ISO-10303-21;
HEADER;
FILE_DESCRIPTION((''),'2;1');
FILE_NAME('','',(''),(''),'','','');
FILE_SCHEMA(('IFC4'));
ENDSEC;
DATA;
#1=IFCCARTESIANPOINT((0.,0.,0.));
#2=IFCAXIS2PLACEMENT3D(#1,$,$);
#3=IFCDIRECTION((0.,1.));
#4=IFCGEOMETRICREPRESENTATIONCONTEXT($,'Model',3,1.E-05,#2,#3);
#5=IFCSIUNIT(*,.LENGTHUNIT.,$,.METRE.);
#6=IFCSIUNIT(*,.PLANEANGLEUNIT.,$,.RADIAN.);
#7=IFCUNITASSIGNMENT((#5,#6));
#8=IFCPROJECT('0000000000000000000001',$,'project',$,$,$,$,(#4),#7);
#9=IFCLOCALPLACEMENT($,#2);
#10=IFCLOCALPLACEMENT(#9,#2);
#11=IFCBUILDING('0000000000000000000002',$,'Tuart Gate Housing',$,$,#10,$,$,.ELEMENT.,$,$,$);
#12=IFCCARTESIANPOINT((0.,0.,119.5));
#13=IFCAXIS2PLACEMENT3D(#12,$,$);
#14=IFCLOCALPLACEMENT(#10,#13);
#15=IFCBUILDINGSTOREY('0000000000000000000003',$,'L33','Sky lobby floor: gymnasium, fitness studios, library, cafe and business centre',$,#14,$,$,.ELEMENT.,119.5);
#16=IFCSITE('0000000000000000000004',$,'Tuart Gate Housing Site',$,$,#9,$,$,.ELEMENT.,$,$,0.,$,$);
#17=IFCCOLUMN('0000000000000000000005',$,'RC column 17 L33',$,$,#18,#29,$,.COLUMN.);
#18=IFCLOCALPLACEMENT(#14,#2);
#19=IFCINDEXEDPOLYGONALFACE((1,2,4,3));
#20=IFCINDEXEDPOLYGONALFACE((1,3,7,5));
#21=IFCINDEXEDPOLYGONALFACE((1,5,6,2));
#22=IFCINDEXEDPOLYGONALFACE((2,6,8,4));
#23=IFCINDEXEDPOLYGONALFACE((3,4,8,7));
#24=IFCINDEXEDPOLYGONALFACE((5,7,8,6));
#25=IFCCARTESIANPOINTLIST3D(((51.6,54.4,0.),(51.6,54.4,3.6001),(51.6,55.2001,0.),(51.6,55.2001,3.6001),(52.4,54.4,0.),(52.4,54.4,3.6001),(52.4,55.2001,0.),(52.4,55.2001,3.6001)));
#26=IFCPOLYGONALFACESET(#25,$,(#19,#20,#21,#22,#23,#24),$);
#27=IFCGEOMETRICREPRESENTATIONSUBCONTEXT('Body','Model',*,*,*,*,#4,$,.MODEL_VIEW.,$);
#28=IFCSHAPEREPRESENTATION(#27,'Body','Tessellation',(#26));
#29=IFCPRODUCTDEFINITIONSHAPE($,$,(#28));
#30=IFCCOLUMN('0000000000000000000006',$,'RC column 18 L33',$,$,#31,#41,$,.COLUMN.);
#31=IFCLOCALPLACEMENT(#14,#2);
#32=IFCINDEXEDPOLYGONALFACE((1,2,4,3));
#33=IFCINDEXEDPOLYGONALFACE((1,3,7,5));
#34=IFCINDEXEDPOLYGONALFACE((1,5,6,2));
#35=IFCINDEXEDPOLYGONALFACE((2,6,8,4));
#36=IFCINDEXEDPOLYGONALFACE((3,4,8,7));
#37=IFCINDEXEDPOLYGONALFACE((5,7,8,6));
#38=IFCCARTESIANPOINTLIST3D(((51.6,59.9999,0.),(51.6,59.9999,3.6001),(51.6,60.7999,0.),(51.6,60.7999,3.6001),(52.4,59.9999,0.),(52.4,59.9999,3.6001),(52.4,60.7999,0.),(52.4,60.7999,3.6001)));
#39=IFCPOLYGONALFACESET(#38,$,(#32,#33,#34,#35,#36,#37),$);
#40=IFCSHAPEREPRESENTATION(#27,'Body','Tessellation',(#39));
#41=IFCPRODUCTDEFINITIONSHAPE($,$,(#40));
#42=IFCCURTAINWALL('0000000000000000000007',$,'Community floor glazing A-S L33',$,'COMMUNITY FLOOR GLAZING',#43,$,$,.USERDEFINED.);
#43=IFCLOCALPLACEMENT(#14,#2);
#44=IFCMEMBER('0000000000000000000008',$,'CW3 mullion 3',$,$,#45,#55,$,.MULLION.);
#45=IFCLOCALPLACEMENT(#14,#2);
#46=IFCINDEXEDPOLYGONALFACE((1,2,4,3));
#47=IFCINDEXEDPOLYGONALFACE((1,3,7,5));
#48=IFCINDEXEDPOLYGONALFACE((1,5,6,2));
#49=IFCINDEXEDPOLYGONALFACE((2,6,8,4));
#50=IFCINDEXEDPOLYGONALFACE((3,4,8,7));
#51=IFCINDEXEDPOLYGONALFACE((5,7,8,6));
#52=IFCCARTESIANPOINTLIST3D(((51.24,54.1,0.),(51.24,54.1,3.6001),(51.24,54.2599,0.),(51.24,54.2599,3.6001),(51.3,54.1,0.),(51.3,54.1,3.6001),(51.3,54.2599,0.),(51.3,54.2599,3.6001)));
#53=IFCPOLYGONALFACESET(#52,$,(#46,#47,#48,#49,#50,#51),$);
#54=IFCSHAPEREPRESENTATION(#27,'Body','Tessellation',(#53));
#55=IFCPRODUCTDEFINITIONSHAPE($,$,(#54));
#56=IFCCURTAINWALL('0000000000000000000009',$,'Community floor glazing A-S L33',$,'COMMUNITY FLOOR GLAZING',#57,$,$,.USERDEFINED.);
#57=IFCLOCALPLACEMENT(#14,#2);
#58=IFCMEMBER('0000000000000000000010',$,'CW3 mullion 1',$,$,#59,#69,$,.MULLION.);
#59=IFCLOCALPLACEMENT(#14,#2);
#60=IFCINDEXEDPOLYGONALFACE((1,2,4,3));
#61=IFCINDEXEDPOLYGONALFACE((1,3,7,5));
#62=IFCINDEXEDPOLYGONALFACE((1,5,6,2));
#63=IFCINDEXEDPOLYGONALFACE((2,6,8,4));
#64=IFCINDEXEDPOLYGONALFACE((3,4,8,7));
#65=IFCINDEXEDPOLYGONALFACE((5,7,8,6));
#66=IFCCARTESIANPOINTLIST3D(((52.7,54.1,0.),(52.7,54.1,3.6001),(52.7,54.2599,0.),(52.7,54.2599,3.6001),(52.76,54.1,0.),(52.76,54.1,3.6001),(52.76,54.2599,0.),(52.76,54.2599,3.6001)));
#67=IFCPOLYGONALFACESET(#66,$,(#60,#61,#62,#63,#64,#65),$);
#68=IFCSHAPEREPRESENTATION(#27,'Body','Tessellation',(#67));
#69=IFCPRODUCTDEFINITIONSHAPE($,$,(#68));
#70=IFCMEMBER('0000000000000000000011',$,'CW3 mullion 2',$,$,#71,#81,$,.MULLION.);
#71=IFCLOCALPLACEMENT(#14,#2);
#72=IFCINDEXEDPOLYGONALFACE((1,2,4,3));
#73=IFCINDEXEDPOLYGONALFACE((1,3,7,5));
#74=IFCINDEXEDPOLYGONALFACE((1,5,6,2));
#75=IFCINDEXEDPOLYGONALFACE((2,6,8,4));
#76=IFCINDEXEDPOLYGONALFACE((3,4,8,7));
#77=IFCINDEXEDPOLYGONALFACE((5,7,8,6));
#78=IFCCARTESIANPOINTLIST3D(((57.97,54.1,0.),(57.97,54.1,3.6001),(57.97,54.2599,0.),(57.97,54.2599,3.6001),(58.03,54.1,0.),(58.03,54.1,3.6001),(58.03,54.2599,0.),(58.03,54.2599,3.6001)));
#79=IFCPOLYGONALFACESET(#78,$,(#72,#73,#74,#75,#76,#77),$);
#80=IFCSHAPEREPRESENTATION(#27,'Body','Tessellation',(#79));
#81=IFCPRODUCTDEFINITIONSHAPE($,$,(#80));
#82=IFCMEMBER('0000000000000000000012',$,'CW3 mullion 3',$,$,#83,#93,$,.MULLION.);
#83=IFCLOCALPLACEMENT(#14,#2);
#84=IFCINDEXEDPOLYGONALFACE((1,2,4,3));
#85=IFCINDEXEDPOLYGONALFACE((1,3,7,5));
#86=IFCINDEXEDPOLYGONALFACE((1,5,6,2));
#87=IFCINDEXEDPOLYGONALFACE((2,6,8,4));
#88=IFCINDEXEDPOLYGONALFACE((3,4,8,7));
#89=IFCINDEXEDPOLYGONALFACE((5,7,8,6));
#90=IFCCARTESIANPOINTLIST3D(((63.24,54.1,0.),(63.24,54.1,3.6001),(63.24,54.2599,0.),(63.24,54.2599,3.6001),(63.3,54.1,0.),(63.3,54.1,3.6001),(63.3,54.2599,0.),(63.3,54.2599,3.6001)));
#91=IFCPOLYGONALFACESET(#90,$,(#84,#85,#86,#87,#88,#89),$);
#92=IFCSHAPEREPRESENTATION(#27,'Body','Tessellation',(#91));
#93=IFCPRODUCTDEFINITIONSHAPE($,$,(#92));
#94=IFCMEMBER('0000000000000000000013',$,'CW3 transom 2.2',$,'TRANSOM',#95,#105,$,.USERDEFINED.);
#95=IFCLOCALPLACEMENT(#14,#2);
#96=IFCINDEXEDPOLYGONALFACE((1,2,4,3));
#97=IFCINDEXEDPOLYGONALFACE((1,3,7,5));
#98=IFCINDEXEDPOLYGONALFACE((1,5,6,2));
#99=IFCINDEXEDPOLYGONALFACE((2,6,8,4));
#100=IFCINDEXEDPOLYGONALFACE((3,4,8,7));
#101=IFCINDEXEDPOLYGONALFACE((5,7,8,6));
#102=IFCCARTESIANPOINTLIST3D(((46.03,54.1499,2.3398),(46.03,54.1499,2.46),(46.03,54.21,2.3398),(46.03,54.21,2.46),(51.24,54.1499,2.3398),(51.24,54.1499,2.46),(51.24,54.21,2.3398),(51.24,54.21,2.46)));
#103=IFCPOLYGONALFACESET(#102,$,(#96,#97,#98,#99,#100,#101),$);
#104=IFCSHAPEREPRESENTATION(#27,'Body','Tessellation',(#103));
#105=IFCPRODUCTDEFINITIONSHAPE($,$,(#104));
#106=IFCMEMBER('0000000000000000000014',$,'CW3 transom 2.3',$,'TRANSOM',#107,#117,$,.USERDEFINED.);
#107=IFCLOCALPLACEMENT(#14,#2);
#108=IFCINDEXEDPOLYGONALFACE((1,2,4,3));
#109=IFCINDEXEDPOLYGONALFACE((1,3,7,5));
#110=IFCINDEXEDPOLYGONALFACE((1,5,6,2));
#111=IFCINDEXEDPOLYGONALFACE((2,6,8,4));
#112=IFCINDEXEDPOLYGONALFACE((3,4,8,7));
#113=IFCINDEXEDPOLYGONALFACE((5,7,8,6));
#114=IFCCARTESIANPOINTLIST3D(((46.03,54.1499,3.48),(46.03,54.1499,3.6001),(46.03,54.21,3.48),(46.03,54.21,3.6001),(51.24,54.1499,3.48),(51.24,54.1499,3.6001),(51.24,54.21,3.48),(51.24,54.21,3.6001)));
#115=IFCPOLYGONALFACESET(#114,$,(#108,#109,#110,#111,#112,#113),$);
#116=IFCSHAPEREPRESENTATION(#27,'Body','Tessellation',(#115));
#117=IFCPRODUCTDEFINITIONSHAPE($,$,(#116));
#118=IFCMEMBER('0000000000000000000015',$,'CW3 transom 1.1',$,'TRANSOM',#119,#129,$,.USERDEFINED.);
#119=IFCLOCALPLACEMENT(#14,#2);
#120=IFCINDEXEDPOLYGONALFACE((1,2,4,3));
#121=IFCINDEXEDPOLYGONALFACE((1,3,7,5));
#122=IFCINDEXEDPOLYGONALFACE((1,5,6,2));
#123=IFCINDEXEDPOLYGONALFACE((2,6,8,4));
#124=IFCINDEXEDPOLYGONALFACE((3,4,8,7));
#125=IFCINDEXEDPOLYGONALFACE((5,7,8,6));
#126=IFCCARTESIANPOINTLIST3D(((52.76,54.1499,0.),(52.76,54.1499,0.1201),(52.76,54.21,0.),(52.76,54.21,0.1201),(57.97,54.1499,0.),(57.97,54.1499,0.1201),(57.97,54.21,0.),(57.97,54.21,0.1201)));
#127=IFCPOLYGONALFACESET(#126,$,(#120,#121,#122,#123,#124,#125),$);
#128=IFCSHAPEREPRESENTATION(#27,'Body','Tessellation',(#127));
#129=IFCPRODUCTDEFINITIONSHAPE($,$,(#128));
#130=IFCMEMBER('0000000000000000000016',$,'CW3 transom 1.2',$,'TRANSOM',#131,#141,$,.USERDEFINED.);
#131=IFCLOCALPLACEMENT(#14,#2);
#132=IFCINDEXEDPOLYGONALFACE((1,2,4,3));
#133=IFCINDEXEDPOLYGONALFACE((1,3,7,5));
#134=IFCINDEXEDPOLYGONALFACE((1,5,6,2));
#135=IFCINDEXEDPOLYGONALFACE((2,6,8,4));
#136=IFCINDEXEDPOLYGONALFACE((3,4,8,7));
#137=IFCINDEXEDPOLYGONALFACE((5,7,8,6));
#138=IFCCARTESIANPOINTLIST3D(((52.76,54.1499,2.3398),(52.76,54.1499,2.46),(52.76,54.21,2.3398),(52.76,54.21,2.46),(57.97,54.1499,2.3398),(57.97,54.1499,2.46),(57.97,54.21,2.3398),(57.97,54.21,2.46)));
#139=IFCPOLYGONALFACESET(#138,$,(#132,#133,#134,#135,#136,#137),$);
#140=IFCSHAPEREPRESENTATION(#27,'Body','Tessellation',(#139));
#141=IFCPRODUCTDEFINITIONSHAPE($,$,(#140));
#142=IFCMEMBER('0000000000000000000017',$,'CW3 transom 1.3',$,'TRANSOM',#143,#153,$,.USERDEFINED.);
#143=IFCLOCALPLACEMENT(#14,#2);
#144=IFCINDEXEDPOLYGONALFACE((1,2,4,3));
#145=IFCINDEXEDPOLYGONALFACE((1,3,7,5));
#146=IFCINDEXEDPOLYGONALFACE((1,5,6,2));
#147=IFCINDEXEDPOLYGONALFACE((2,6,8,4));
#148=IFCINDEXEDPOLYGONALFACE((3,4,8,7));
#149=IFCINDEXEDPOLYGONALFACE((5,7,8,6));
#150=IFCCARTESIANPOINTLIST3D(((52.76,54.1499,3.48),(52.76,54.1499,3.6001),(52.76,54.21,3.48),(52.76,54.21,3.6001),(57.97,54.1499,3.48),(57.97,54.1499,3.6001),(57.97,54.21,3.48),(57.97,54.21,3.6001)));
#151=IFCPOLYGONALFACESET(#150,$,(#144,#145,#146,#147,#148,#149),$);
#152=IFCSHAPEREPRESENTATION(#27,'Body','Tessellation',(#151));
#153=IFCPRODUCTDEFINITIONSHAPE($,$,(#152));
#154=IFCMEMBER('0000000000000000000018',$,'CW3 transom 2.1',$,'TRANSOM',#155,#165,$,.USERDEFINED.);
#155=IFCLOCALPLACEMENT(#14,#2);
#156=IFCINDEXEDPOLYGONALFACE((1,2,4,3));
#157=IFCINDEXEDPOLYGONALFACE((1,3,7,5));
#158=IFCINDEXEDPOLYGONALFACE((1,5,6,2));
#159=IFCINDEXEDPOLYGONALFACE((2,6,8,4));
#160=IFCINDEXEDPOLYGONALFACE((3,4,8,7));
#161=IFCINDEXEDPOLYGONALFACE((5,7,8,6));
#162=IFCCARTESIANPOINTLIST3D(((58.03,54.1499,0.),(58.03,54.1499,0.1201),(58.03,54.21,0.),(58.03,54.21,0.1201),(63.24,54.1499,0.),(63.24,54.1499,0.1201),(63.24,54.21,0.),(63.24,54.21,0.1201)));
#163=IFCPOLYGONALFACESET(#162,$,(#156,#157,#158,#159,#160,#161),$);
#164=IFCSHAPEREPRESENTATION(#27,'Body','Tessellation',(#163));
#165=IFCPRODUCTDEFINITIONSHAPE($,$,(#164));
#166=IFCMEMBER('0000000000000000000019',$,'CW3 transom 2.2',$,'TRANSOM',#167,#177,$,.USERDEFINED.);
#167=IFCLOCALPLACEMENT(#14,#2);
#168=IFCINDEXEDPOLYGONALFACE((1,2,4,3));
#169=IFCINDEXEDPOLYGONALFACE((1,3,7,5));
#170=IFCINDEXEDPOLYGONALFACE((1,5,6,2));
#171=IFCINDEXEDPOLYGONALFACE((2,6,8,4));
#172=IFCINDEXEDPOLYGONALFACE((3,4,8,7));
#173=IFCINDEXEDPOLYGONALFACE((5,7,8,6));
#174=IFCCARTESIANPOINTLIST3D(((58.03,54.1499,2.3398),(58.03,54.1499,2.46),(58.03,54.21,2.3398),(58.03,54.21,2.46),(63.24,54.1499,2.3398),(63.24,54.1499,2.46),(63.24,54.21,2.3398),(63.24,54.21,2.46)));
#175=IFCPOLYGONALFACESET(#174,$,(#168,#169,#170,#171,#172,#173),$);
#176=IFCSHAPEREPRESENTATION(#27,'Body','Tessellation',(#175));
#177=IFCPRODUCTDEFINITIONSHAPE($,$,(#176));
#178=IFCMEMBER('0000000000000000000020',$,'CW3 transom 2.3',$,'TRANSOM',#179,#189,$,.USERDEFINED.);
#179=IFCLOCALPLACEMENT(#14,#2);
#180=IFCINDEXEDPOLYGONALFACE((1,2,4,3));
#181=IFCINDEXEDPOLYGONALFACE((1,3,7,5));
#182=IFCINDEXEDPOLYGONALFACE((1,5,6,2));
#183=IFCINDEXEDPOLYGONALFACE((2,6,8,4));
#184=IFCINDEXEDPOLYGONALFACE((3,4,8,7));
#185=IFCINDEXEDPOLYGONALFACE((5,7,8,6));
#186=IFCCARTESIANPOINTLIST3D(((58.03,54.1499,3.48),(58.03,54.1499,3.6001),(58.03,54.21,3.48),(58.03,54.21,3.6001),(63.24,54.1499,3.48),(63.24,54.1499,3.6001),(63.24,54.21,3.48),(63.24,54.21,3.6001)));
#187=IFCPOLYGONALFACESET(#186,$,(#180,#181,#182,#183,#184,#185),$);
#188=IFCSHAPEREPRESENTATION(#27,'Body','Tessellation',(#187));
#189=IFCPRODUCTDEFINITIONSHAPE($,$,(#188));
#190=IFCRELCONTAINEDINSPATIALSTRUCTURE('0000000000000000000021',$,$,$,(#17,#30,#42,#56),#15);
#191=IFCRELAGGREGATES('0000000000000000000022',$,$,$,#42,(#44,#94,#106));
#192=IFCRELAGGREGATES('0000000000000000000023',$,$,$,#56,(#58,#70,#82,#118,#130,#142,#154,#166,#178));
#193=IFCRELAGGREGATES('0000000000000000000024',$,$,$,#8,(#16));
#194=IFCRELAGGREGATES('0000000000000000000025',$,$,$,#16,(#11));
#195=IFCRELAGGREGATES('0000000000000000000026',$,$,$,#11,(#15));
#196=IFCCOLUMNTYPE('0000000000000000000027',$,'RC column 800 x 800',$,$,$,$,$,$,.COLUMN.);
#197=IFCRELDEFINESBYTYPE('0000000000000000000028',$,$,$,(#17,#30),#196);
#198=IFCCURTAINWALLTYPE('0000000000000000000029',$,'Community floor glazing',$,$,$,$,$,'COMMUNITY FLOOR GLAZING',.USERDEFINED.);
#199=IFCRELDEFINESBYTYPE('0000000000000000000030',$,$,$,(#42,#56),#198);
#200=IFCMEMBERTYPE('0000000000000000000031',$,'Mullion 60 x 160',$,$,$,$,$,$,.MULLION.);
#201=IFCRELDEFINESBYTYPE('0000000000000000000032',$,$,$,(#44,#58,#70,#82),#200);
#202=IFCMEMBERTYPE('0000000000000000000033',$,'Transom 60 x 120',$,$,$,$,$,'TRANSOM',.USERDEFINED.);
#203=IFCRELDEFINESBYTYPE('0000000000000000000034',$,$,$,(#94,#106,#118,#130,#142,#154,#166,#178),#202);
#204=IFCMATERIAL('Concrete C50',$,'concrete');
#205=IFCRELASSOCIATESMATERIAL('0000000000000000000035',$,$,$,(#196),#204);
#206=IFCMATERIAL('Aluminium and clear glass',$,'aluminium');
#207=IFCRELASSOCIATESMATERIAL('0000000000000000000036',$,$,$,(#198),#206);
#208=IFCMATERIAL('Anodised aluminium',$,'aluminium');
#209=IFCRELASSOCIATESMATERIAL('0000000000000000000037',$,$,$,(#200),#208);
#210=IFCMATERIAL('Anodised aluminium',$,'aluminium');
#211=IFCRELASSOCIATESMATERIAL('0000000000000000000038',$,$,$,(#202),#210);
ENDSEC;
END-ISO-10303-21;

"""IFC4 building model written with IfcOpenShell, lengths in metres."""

from ifc_helpers import new_model, si_unit, direction, frame, origin, origin_2d, place, context, subcontext, project, spatial, rectangle, extrude, material, material_profile, profile_set, type_object, element, aggregate, save


model = new_model("IFC4")

# Units and contexts
model_context = context("Model", 3, precision=1e-05, world=origin(), true_north=direction((0.0, 1.0)))
body_context = subcontext(model_context, "Body", "Model", "MODEL_VIEW")
ifc_project = project(units=[si_unit("LENGTHUNIT", "METRE"), si_unit("PLANEANGLEUNIT", "RADIAN")], contexts=[model_context])

# Site, building, storey
site_placement = place(None, origin())
site = spatial("IfcSite", under=ifc_project, at=site_placement, Name="Tuart Gate Housing Site", CompositionType="ELEMENT", RefElevation=0.0)
building_placement = place(site_placement, origin())
building = spatial("IfcBuilding", under=site, at=building_placement, Name="Tuart Gate Housing", CompositionType="ELEMENT")
storey_placement = place(building_placement, frame((0.0, 0.0, 119.5)))
storey = spatial("IfcBuildingStorey", under=building, at=storey_placement, Name="L33", Description="Sky lobby floor: gymnasium, fitness studios, library, cafe and business centre", CompositionType="ELEMENT", Elevation=119.5)

# Columns
ifc_material_1 = material(Name="Concrete C50", Category="concrete")
ifc_material_profile_1 = material_profile(ifc_material_1, rectangle(XDim=0.8, YDim=0.8, at=origin_2d()), Name="RC column 800 x 800")
ifc_profile_set_1 = profile_set([ifc_material_profile_1], Name="Concrete C50")
column_type = type_object("IfcColumnType", Name="RC column 800 x 800", PredefinedType="COLUMN", material=ifc_profile_set_1)
for number, where, z_axis, x_axis, name in (
    (1, (52.0, 54.8, 0.0), (0.0, 0.0, 1.0), (1.0, 0.0, 0.0), "RC column 17 L33"),
    (2, (52.0, 60.3999, 0.0), (0.0, 0.0, 1.0), (1.0, 0.0, 0.0), "RC column 18 L33"),
):
    element("IfcColumn", number, at=place(storey_placement, frame(where, z_axis=z_axis, x_axis=x_axis)), inside=storey, type_object=column_type, Name=name, PredefinedType="COLUMN", context=body_context, shape_type="SweptSolid", body=[
        extrude(rectangle(XDim=0.8, YDim=0.8, at=origin_2d()), origin(), (0.0, 0.0, 1.0), 3.6001),
    ])

# Curtain wall, member
ifc_material_2 = material(Name="Aluminium and clear glass", Category="aluminium")
curtain_wall_type = type_object("IfcCurtainWallType", Name="Community floor glazing", ElementType="COMMUNITY FLOOR GLAZING", PredefinedType="USERDEFINED", material=ifc_material_2)
curtain_wall_1_placement = place(storey_placement, origin())
curtain_wall_1 = element("IfcCurtainWall", 3, at=curtain_wall_1_placement, inside=storey, type_object=curtain_wall_type, Name="Community floor glazing A-S L33", ObjectType="COMMUNITY FLOOR GLAZING", PredefinedType="USERDEFINED")
ifc_material_3 = material(Name="Anodised aluminium", Category="aluminium")
ifc_material_profile_2 = material_profile(ifc_material_3, rectangle(XDim=0.0601, YDim=0.1599, at=origin_2d()), Name="60x160")
ifc_profile_set_2 = profile_set([ifc_material_profile_2], Name="Anodised aluminium")
member_type_1 = type_object("IfcMemberType", Name="Mullion 60 x 160", PredefinedType="MULLION", material=ifc_profile_set_2)
member_1_placement = place(storey_placement, frame((51.27, 54.1799, 0.0), z_axis=(0.0, 0.0, 1.0), x_axis=(1.0, 0.0, 0.0)))
member_1 = element("IfcMember", 4, at=member_1_placement, type_object=member_type_1, Name="CW3 mullion 3", PredefinedType="MULLION", context=body_context, shape_type="SweptSolid", body=[
    extrude(rectangle(XDim=0.0601, YDim=0.1599, at=origin_2d()), origin(), (0.0, 0.0, 1.0), 3.6001),
])

# Curtain wall, members
curtain_wall_2_placement = place(storey_placement, origin())
curtain_wall_2 = element("IfcCurtainWall", 5, at=curtain_wall_2_placement, inside=storey, type_object=curtain_wall_type, Name="Community floor glazing A-S L33", ObjectType="COMMUNITY FLOOR GLAZING", PredefinedType="USERDEFINED")
member_2_placement = place(storey_placement, frame((52.73, 54.1799, 0.0), z_axis=(0.0, 0.0, 1.0), x_axis=(1.0, 0.0, 0.0)))
member_2 = element("IfcMember", 6, at=member_2_placement, type_object=member_type_1, Name="CW3 mullion 1", PredefinedType="MULLION", context=body_context, shape_type="SweptSolid", body=[
    extrude(rectangle(XDim=0.0601, YDim=0.1599, at=origin_2d()), origin(), (0.0, 0.0, 1.0), 3.6001),
])
member_3_placement = place(storey_placement, frame((58.0, 54.1799, 0.0), z_axis=(0.0, 0.0, 1.0), x_axis=(1.0, 0.0, 0.0)))
member_3 = element("IfcMember", 7, at=member_3_placement, type_object=member_type_1, Name="CW3 mullion 2", PredefinedType="MULLION", context=body_context, shape_type="SweptSolid", body=[
    extrude(rectangle(XDim=0.0601, YDim=0.1599, at=origin_2d()), origin(), (0.0, 0.0, 1.0), 3.6001),
])
member_4_placement = place(storey_placement, frame((63.27, 54.1799, 0.0), z_axis=(0.0, 0.0, 1.0), x_axis=(1.0, 0.0, 0.0)))
member_4 = element("IfcMember", 8, at=member_4_placement, type_object=member_type_1, Name="CW3 mullion 3", PredefinedType="MULLION", context=body_context, shape_type="SweptSolid", body=[
    extrude(rectangle(XDim=0.0601, YDim=0.1599, at=origin_2d()), origin(), (0.0, 0.0, 1.0), 3.6001),
])

# Members
ifc_material_4 = material(Name="Anodised aluminium", Category="aluminium")
ifc_material_profile_3 = material_profile(ifc_material_4, rectangle(XDim=0.0601, YDim=0.1201, at=origin_2d()), Name="60x120")
ifc_profile_set_3 = profile_set([ifc_material_profile_3], Name="Anodised aluminium")
member_type_2 = type_object("IfcMemberType", Name="Transom 60 x 120", ElementType="TRANSOM", PredefinedType="USERDEFINED", material=ifc_profile_set_3)
member_5_placement = place(storey_placement, frame((46.03, 54.1799, 2.3999), z_axis=(1.0, 0.0, 0.0), x_axis=(0.0, 1.0, 0.0)))
member_5 = element("IfcMember", 9, at=member_5_placement, type_object=member_type_2, Name="CW3 transom 2.2", ObjectType="TRANSOM", PredefinedType="USERDEFINED", context=body_context, shape_type="SweptSolid", body=[
    extrude(rectangle(XDim=0.0601, YDim=0.1201, at=origin_2d()), origin(), (0.0, 0.0, 1.0), 5.21),
])
member_6_placement = place(storey_placement, frame((46.03, 54.1799, 3.54), z_axis=(1.0, 0.0, 0.0), x_axis=(0.0, 1.0, 0.0)))
member_6 = element("IfcMember", 10, at=member_6_placement, type_object=member_type_2, Name="CW3 transom 2.3", ObjectType="TRANSOM", PredefinedType="USERDEFINED", context=body_context, shape_type="SweptSolid", body=[
    extrude(rectangle(XDim=0.0601, YDim=0.1201, at=origin_2d()), origin(), (0.0, 0.0, 1.0), 5.21),
])
member_7_placement = place(storey_placement, frame((52.76, 54.1799, 0.0601), z_axis=(1.0, 0.0, 0.0), x_axis=(0.0, 1.0, 0.0)))
member_7 = element("IfcMember", 11, at=member_7_placement, type_object=member_type_2, Name="CW3 transom 1.1", ObjectType="TRANSOM", PredefinedType="USERDEFINED", context=body_context, shape_type="SweptSolid", body=[
    extrude(rectangle(XDim=0.0601, YDim=0.1201, at=origin_2d()), origin(), (0.0, 0.0, 1.0), 5.21),
])
member_8_placement = place(storey_placement, frame((52.76, 54.1799, 2.3999), z_axis=(1.0, 0.0, 0.0), x_axis=(0.0, 1.0, 0.0)))
member_8 = element("IfcMember", 12, at=member_8_placement, type_object=member_type_2, Name="CW3 transom 1.2", ObjectType="TRANSOM", PredefinedType="USERDEFINED", context=body_context, shape_type="SweptSolid", body=[
    extrude(rectangle(XDim=0.0601, YDim=0.1201, at=origin_2d()), origin(), (0.0, 0.0, 1.0), 5.21),
])
member_9_placement = place(storey_placement, frame((52.76, 54.1799, 3.54), z_axis=(1.0, 0.0, 0.0), x_axis=(0.0, 1.0, 0.0)))
member_9 = element("IfcMember", 13, at=member_9_placement, type_object=member_type_2, Name="CW3 transom 1.3", ObjectType="TRANSOM", PredefinedType="USERDEFINED", context=body_context, shape_type="SweptSolid", body=[
    extrude(rectangle(XDim=0.0601, YDim=0.1201, at=origin_2d()), origin(), (0.0, 0.0, 1.0), 5.21),
])
member_10_placement = place(storey_placement, frame((58.03, 54.1799, 0.0601), z_axis=(1.0, 0.0, 0.0), x_axis=(0.0, 1.0, 0.0)))
member_10 = element("IfcMember", 14, at=member_10_placement, type_object=member_type_2, Name="CW3 transom 2.1", ObjectType="TRANSOM", PredefinedType="USERDEFINED", context=body_context, shape_type="SweptSolid", body=[
    extrude(rectangle(XDim=0.0601, YDim=0.1201, at=origin_2d()), origin(), (0.0, 0.0, 1.0), 5.21),
])
member_11_placement = place(storey_placement, frame((58.03, 54.1799, 2.3999), z_axis=(1.0, 0.0, 0.0), x_axis=(0.0, 1.0, 0.0)))
member_11 = element("IfcMember", 15, at=member_11_placement, type_object=member_type_2, Name="CW3 transom 2.2", ObjectType="TRANSOM", PredefinedType="USERDEFINED", context=body_context, shape_type="SweptSolid", body=[
    extrude(rectangle(XDim=0.0601, YDim=0.1201, at=origin_2d()), origin(), (0.0, 0.0, 1.0), 5.21),
])
member_12_placement = place(storey_placement, frame((58.03, 54.1799, 3.54), z_axis=(1.0, 0.0, 0.0), x_axis=(0.0, 1.0, 0.0)))
member_12 = element("IfcMember", 16, at=member_12_placement, type_object=member_type_2, Name="CW3 transom 2.3", ObjectType="TRANSOM", PredefinedType="USERDEFINED", context=body_context, shape_type="SweptSolid", body=[
    extrude(rectangle(XDim=0.0601, YDim=0.1201, at=origin_2d()), origin(), (0.0, 0.0, 1.0), 5.21),
])

aggregate(curtain_wall_1, [member_1, member_5, member_6])
aggregate(curtain_wall_2, [member_2, member_3, member_4, member_7, member_8, member_9, member_10, member_11, member_12])

save(model, "model.ifc")
